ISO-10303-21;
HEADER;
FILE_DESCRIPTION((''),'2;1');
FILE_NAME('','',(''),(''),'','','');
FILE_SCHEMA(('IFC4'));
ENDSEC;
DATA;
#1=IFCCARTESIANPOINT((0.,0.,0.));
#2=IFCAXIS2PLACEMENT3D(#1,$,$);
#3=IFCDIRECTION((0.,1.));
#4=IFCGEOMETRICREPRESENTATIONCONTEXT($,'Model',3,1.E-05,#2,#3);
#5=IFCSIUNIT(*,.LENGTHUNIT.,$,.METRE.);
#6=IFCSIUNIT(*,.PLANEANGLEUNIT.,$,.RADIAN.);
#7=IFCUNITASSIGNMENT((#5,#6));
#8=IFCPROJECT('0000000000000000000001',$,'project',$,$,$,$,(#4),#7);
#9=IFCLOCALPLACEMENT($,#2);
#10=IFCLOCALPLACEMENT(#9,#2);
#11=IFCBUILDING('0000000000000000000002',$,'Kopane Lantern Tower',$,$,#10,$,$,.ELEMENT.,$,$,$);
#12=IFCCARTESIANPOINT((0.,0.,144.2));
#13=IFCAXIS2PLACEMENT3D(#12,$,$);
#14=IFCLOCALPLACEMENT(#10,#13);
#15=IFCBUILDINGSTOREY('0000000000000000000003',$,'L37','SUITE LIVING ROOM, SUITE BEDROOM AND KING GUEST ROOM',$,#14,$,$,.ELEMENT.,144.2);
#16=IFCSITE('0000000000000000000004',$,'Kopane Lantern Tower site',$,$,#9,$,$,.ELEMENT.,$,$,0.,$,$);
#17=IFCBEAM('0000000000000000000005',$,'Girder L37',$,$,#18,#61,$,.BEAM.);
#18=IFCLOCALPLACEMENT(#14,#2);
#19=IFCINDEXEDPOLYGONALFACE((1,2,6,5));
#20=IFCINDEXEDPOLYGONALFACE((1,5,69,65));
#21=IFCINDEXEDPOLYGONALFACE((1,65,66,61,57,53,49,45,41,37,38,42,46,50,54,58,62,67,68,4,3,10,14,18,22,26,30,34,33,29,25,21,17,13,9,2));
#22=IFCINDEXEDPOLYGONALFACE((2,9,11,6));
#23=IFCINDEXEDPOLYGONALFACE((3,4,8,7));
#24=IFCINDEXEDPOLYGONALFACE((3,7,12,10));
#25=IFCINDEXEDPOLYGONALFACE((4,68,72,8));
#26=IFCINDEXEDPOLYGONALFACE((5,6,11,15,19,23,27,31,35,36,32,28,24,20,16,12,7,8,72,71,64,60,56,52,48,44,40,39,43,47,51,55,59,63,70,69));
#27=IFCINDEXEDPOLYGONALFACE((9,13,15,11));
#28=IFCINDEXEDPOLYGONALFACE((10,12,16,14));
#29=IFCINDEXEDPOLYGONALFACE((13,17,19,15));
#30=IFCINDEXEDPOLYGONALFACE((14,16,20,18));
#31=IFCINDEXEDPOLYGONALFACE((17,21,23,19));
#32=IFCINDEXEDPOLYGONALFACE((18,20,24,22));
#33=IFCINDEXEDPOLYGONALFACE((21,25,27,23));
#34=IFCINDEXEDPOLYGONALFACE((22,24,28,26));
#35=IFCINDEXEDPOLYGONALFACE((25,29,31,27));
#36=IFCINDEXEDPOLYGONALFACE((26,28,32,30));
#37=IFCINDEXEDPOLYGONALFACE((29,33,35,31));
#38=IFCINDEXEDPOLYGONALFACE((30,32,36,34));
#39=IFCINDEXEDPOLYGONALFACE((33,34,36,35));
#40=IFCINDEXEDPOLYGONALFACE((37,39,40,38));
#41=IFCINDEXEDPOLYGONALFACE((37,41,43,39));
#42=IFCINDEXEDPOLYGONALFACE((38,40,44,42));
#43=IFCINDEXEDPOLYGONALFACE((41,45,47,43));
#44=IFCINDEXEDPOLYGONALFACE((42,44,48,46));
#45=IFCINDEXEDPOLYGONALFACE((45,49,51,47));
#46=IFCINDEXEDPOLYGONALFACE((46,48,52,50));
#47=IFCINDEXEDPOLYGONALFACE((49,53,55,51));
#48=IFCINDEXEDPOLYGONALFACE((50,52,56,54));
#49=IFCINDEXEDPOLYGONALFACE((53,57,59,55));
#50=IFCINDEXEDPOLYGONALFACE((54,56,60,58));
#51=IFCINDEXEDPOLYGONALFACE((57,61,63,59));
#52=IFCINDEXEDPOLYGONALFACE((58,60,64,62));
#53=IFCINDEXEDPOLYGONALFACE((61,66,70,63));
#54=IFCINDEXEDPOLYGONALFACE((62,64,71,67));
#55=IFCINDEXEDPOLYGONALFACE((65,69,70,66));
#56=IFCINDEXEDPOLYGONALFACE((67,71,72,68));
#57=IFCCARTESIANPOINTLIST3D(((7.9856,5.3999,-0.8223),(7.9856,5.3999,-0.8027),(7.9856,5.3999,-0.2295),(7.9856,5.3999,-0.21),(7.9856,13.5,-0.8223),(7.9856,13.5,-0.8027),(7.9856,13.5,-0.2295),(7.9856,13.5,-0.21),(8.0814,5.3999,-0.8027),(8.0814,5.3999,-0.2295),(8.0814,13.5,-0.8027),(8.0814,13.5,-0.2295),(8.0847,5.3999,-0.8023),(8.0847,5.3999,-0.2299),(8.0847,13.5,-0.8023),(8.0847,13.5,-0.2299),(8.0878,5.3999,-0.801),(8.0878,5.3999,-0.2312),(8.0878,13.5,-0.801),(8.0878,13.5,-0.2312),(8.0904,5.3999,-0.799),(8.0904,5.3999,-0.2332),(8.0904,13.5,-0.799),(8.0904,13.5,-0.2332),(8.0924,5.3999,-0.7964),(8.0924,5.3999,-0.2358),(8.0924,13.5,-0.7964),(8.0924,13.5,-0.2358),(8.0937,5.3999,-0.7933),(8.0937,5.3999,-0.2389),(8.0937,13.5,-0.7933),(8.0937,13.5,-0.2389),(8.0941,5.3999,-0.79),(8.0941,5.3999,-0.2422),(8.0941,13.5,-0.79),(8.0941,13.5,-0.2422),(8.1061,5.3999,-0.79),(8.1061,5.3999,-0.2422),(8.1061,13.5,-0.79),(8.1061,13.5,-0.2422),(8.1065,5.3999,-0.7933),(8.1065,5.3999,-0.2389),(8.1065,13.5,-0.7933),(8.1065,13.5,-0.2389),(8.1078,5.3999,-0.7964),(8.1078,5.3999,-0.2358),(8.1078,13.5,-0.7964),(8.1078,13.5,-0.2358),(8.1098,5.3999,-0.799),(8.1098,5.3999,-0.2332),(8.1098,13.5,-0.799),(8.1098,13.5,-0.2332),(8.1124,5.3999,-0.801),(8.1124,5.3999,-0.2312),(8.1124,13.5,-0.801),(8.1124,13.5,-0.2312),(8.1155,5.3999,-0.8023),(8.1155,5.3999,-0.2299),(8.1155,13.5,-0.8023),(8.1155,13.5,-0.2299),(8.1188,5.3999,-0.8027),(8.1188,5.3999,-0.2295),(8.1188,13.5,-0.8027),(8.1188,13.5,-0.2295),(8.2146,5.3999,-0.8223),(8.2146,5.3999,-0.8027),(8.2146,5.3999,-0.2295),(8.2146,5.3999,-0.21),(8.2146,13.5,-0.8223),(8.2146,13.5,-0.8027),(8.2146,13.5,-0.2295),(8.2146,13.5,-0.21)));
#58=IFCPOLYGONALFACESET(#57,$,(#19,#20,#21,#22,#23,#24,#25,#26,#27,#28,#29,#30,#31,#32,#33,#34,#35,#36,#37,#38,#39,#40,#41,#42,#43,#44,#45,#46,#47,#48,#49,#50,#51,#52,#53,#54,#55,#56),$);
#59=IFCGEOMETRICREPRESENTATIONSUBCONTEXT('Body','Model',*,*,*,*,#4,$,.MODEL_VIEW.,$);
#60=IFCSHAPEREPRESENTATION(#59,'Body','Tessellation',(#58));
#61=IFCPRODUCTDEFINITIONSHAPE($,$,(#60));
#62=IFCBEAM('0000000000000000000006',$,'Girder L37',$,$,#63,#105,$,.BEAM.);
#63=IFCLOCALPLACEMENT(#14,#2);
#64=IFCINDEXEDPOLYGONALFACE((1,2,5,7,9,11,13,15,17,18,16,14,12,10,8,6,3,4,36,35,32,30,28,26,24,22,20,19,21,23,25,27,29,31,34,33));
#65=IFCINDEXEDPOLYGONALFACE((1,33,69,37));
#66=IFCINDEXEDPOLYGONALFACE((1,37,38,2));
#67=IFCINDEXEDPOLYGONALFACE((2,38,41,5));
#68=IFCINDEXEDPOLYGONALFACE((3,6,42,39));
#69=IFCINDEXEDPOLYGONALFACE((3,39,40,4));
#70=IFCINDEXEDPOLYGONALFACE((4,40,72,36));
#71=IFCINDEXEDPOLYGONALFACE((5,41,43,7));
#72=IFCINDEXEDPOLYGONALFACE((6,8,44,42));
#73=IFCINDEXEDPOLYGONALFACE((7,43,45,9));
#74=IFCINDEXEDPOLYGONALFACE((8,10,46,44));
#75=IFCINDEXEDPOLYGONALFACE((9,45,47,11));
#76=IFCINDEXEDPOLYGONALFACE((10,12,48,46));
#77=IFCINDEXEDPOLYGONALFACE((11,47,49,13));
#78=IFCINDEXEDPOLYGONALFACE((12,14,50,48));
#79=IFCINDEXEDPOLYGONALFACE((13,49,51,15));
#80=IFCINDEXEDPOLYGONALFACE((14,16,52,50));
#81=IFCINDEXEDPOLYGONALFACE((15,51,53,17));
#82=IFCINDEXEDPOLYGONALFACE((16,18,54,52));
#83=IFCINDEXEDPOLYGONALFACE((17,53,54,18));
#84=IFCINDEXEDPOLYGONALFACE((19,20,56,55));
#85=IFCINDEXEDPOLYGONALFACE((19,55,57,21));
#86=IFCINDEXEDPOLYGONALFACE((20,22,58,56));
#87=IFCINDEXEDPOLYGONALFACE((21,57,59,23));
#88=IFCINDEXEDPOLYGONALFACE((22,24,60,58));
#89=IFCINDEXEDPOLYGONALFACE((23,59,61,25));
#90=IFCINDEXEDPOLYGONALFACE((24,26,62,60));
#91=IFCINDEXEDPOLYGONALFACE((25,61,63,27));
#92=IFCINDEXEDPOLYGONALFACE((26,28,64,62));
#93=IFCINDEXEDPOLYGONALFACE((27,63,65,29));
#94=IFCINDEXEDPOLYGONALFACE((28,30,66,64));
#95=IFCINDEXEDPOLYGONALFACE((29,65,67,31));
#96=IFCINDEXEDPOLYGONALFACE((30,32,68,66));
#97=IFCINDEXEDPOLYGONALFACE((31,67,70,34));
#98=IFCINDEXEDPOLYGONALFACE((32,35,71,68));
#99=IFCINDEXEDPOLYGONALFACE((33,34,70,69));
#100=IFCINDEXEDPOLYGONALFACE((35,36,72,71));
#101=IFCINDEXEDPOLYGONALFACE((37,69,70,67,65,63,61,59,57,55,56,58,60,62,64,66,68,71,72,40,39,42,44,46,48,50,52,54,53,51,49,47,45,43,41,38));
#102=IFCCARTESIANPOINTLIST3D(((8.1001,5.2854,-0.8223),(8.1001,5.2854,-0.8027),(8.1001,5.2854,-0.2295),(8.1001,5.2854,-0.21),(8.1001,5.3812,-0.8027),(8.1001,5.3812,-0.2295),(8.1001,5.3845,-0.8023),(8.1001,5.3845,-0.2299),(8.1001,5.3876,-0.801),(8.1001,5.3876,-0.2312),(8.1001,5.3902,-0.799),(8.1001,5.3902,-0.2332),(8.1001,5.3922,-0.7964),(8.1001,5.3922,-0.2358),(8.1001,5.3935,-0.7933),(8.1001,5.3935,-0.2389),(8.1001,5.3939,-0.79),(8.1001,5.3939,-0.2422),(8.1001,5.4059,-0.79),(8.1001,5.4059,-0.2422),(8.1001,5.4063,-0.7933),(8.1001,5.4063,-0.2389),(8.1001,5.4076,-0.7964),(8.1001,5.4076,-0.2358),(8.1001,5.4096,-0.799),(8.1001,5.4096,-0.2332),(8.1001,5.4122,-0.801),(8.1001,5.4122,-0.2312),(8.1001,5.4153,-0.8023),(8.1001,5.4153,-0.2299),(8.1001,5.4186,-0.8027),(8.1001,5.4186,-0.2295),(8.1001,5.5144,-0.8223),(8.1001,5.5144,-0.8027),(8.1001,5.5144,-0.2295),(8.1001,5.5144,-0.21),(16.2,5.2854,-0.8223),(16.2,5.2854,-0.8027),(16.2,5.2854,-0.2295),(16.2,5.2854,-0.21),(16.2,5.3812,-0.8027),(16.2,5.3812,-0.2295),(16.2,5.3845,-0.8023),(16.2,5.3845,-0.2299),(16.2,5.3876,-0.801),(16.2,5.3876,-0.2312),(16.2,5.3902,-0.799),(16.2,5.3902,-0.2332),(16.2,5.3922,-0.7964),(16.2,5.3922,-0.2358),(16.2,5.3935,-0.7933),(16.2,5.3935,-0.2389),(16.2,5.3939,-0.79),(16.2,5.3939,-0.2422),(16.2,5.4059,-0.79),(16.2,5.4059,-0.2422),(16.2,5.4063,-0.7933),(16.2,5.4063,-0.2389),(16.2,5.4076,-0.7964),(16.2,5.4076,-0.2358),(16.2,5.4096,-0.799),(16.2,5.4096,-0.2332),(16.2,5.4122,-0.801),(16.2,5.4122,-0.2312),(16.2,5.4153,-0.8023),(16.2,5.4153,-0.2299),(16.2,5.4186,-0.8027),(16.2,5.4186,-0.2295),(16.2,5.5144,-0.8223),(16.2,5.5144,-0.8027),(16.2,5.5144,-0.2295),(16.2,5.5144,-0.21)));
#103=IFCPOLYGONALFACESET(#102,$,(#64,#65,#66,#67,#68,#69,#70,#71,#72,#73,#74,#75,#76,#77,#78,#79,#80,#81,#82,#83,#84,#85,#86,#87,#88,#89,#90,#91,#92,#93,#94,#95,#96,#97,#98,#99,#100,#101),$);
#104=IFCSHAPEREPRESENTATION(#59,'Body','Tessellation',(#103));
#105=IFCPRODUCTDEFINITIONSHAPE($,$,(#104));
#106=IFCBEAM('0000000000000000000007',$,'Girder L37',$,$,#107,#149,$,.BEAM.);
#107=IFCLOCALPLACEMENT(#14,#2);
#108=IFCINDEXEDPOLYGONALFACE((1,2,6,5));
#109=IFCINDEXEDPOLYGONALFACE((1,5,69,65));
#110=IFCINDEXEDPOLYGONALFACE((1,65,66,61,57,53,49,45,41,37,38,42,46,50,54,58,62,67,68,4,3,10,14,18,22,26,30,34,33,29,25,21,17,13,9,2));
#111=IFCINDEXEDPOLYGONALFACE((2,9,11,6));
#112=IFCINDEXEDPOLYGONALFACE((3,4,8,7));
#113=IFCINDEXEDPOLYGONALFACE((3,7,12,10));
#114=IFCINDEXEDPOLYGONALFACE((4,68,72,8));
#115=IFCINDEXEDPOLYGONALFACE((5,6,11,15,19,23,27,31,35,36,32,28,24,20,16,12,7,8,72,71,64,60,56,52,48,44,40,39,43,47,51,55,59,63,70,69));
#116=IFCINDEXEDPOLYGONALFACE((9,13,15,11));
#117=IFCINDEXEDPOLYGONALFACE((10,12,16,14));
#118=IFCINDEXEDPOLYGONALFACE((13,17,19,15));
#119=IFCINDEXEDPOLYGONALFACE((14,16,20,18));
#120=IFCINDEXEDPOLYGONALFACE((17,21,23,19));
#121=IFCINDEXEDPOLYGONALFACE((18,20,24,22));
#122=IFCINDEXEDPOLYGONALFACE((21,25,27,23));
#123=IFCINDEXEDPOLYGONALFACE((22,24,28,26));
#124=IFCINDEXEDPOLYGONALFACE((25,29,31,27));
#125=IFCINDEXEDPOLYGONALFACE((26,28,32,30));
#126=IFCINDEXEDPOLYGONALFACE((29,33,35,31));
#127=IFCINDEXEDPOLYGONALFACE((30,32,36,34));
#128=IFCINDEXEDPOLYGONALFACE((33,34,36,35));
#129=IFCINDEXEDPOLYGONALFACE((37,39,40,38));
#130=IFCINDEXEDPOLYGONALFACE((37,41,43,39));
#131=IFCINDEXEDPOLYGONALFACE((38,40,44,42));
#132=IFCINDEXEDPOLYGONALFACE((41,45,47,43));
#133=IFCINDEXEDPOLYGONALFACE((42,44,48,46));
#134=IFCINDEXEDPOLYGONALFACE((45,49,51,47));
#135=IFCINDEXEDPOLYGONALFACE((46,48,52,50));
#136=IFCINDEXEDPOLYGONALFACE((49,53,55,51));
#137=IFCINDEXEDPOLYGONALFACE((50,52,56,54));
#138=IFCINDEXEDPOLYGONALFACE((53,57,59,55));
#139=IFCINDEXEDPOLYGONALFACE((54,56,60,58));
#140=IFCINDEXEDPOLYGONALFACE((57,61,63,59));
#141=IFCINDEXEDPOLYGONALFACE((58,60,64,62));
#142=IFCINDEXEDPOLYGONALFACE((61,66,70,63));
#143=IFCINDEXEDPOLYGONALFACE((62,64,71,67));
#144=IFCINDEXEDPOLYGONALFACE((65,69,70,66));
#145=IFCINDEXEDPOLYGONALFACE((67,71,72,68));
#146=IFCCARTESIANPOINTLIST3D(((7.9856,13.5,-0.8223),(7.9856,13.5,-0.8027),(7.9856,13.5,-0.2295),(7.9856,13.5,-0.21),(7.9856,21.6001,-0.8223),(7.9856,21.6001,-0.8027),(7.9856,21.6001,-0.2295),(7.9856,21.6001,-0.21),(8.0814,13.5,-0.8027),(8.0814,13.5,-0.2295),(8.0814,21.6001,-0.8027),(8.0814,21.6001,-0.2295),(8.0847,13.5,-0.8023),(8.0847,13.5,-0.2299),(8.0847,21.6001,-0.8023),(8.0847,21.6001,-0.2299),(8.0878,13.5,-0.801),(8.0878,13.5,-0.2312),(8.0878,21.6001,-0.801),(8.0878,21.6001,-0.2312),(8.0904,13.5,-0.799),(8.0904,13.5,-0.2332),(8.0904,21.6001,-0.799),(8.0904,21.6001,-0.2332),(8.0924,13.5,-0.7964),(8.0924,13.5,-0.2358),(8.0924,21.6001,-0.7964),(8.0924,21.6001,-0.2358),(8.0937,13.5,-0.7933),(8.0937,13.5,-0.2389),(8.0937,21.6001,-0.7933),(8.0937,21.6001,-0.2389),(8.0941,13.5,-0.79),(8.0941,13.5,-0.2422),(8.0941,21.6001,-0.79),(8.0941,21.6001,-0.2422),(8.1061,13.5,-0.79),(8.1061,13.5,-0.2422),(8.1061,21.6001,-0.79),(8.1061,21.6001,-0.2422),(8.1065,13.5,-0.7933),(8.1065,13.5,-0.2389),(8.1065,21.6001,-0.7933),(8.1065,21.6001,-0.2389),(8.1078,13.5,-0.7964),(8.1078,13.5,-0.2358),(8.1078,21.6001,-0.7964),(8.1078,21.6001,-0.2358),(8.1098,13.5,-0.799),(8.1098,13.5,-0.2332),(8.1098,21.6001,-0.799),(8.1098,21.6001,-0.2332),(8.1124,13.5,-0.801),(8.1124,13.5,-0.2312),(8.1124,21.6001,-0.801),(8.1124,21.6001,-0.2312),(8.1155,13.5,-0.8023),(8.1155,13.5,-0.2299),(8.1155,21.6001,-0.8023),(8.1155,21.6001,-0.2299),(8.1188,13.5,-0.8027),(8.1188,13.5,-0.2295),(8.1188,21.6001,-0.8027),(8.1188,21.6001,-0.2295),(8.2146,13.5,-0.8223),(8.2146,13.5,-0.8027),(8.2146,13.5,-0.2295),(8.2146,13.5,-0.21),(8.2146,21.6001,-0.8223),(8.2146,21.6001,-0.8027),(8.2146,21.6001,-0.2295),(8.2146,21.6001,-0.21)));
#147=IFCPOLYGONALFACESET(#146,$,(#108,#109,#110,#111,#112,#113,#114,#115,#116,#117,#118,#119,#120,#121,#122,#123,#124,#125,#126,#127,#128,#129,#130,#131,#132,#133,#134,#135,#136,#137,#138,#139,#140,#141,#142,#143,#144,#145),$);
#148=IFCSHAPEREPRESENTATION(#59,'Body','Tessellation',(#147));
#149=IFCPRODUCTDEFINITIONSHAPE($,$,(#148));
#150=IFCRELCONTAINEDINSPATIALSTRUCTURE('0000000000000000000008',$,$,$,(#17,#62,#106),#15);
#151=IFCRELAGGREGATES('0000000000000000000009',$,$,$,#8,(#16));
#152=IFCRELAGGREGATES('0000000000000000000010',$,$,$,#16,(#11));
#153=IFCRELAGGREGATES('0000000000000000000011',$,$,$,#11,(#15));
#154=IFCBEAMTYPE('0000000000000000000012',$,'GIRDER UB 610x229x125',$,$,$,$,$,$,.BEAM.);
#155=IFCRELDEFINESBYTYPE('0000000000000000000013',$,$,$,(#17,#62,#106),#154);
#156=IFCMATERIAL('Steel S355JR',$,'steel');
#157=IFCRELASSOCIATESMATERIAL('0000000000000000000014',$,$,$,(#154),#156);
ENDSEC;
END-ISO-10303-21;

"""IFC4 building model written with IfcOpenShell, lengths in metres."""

from ifc_helpers import new_model, si_unit, direction, frame, origin, origin_2d, place, context, subcontext, project, spatial, i_section, extrude, material, material_profile, profile_set, type_object, element, save


model = new_model("IFC4")

# Units and contexts
model_context = context("Model", 3, precision=1e-05, world=origin(), true_north=direction((0.0, 1.0)))
body_context = subcontext(model_context, "Body", "Model", "MODEL_VIEW")
ifc_project = project(units=[si_unit("LENGTHUNIT", "METRE"), si_unit("PLANEANGLEUNIT", "RADIAN")], contexts=[model_context])

# Site, building, storey
site_placement = place(None, origin())
site = spatial("IfcSite", under=ifc_project, at=site_placement, Name="Kopane Lantern Tower site", CompositionType="ELEMENT", RefElevation=0.0)
building_placement = place(site_placement, origin())
building = spatial("IfcBuilding", under=site, at=building_placement, Name="Kopane Lantern Tower", CompositionType="ELEMENT")
storey_placement = place(building_placement, frame((0.0, 0.0, 144.2)))
storey = spatial("IfcBuildingStorey", under=building, at=storey_placement, Name="L37", Description="SUITE LIVING ROOM, SUITE BEDROOM AND KING GUEST ROOM", CompositionType="ELEMENT", Elevation=144.2)

# Beams
ifc_material_1 = material(Name="Steel S355JR", Category="steel")
ifc_material_profile_1 = material_profile(ifc_material_1, i_section(OverallWidth=0.229, OverallDepth=0.6123, WebThickness=0.012, FlangeThickness=0.0195, FilletRadius=0.0127, at=origin_2d()), Name="UB 610x229x125")
ifc_profile_set_1 = profile_set([ifc_material_profile_1], Name="Steel S355JR")
beam_type_1 = type_object("IfcBeamType", Name="GIRDER UB 610x229x125", PredefinedType="BEAM", material=ifc_profile_set_1)
beam_1_placement = place(storey_placement, frame((8.1001, 5.3999, -0.5161), z_axis=(0.0, 1.0, 0.0), x_axis=(-1.0, 0.0, 0.0)))
element("IfcBeam", 1, at=beam_1_placement, inside=storey, type_object=beam_type_1, Name="Girder L37", PredefinedType="BEAM", context=body_context, shape_type="SweptSolid", body=[
    extrude(i_section(OverallWidth=0.229, OverallDepth=0.6123, WebThickness=0.012, FlangeThickness=0.0195, FilletRadius=0.0127, at=origin_2d()), origin(), (0.0, 0.0, 1.0), 8.1001),
])
beam_2_placement = place(storey_placement, frame((8.1001, 5.3999, -0.5161), z_axis=(1.0, 0.0, 0.0), x_axis=(0.0, 1.0, 0.0)))
element("IfcBeam", 2, at=beam_2_placement, inside=storey, type_object=beam_type_1, Name="Girder L37", PredefinedType="BEAM", context=body_context, shape_type="SweptSolid", body=[
    extrude(i_section(OverallWidth=0.229, OverallDepth=0.6123, WebThickness=0.012, FlangeThickness=0.0195, FilletRadius=0.0127, at=origin_2d()), origin(), (0.0, 0.0, 1.0), 8.0999),
])
beam_3_placement = place(storey_placement, frame((8.1001, 13.5, -0.5161), z_axis=(0.0, 1.0, 0.0), x_axis=(-1.0, 0.0, 0.0)))
element("IfcBeam", 3, at=beam_3_placement, inside=storey, type_object=beam_type_1, Name="Girder L37", PredefinedType="BEAM", context=body_context, shape_type="SweptSolid", body=[
    extrude(i_section(OverallWidth=0.229, OverallDepth=0.6123, WebThickness=0.012, FlangeThickness=0.0195, FilletRadius=0.0127, at=origin_2d()), origin(), (0.0, 0.0, 1.0), 8.1001),
])

save(model, "model.ifc")
